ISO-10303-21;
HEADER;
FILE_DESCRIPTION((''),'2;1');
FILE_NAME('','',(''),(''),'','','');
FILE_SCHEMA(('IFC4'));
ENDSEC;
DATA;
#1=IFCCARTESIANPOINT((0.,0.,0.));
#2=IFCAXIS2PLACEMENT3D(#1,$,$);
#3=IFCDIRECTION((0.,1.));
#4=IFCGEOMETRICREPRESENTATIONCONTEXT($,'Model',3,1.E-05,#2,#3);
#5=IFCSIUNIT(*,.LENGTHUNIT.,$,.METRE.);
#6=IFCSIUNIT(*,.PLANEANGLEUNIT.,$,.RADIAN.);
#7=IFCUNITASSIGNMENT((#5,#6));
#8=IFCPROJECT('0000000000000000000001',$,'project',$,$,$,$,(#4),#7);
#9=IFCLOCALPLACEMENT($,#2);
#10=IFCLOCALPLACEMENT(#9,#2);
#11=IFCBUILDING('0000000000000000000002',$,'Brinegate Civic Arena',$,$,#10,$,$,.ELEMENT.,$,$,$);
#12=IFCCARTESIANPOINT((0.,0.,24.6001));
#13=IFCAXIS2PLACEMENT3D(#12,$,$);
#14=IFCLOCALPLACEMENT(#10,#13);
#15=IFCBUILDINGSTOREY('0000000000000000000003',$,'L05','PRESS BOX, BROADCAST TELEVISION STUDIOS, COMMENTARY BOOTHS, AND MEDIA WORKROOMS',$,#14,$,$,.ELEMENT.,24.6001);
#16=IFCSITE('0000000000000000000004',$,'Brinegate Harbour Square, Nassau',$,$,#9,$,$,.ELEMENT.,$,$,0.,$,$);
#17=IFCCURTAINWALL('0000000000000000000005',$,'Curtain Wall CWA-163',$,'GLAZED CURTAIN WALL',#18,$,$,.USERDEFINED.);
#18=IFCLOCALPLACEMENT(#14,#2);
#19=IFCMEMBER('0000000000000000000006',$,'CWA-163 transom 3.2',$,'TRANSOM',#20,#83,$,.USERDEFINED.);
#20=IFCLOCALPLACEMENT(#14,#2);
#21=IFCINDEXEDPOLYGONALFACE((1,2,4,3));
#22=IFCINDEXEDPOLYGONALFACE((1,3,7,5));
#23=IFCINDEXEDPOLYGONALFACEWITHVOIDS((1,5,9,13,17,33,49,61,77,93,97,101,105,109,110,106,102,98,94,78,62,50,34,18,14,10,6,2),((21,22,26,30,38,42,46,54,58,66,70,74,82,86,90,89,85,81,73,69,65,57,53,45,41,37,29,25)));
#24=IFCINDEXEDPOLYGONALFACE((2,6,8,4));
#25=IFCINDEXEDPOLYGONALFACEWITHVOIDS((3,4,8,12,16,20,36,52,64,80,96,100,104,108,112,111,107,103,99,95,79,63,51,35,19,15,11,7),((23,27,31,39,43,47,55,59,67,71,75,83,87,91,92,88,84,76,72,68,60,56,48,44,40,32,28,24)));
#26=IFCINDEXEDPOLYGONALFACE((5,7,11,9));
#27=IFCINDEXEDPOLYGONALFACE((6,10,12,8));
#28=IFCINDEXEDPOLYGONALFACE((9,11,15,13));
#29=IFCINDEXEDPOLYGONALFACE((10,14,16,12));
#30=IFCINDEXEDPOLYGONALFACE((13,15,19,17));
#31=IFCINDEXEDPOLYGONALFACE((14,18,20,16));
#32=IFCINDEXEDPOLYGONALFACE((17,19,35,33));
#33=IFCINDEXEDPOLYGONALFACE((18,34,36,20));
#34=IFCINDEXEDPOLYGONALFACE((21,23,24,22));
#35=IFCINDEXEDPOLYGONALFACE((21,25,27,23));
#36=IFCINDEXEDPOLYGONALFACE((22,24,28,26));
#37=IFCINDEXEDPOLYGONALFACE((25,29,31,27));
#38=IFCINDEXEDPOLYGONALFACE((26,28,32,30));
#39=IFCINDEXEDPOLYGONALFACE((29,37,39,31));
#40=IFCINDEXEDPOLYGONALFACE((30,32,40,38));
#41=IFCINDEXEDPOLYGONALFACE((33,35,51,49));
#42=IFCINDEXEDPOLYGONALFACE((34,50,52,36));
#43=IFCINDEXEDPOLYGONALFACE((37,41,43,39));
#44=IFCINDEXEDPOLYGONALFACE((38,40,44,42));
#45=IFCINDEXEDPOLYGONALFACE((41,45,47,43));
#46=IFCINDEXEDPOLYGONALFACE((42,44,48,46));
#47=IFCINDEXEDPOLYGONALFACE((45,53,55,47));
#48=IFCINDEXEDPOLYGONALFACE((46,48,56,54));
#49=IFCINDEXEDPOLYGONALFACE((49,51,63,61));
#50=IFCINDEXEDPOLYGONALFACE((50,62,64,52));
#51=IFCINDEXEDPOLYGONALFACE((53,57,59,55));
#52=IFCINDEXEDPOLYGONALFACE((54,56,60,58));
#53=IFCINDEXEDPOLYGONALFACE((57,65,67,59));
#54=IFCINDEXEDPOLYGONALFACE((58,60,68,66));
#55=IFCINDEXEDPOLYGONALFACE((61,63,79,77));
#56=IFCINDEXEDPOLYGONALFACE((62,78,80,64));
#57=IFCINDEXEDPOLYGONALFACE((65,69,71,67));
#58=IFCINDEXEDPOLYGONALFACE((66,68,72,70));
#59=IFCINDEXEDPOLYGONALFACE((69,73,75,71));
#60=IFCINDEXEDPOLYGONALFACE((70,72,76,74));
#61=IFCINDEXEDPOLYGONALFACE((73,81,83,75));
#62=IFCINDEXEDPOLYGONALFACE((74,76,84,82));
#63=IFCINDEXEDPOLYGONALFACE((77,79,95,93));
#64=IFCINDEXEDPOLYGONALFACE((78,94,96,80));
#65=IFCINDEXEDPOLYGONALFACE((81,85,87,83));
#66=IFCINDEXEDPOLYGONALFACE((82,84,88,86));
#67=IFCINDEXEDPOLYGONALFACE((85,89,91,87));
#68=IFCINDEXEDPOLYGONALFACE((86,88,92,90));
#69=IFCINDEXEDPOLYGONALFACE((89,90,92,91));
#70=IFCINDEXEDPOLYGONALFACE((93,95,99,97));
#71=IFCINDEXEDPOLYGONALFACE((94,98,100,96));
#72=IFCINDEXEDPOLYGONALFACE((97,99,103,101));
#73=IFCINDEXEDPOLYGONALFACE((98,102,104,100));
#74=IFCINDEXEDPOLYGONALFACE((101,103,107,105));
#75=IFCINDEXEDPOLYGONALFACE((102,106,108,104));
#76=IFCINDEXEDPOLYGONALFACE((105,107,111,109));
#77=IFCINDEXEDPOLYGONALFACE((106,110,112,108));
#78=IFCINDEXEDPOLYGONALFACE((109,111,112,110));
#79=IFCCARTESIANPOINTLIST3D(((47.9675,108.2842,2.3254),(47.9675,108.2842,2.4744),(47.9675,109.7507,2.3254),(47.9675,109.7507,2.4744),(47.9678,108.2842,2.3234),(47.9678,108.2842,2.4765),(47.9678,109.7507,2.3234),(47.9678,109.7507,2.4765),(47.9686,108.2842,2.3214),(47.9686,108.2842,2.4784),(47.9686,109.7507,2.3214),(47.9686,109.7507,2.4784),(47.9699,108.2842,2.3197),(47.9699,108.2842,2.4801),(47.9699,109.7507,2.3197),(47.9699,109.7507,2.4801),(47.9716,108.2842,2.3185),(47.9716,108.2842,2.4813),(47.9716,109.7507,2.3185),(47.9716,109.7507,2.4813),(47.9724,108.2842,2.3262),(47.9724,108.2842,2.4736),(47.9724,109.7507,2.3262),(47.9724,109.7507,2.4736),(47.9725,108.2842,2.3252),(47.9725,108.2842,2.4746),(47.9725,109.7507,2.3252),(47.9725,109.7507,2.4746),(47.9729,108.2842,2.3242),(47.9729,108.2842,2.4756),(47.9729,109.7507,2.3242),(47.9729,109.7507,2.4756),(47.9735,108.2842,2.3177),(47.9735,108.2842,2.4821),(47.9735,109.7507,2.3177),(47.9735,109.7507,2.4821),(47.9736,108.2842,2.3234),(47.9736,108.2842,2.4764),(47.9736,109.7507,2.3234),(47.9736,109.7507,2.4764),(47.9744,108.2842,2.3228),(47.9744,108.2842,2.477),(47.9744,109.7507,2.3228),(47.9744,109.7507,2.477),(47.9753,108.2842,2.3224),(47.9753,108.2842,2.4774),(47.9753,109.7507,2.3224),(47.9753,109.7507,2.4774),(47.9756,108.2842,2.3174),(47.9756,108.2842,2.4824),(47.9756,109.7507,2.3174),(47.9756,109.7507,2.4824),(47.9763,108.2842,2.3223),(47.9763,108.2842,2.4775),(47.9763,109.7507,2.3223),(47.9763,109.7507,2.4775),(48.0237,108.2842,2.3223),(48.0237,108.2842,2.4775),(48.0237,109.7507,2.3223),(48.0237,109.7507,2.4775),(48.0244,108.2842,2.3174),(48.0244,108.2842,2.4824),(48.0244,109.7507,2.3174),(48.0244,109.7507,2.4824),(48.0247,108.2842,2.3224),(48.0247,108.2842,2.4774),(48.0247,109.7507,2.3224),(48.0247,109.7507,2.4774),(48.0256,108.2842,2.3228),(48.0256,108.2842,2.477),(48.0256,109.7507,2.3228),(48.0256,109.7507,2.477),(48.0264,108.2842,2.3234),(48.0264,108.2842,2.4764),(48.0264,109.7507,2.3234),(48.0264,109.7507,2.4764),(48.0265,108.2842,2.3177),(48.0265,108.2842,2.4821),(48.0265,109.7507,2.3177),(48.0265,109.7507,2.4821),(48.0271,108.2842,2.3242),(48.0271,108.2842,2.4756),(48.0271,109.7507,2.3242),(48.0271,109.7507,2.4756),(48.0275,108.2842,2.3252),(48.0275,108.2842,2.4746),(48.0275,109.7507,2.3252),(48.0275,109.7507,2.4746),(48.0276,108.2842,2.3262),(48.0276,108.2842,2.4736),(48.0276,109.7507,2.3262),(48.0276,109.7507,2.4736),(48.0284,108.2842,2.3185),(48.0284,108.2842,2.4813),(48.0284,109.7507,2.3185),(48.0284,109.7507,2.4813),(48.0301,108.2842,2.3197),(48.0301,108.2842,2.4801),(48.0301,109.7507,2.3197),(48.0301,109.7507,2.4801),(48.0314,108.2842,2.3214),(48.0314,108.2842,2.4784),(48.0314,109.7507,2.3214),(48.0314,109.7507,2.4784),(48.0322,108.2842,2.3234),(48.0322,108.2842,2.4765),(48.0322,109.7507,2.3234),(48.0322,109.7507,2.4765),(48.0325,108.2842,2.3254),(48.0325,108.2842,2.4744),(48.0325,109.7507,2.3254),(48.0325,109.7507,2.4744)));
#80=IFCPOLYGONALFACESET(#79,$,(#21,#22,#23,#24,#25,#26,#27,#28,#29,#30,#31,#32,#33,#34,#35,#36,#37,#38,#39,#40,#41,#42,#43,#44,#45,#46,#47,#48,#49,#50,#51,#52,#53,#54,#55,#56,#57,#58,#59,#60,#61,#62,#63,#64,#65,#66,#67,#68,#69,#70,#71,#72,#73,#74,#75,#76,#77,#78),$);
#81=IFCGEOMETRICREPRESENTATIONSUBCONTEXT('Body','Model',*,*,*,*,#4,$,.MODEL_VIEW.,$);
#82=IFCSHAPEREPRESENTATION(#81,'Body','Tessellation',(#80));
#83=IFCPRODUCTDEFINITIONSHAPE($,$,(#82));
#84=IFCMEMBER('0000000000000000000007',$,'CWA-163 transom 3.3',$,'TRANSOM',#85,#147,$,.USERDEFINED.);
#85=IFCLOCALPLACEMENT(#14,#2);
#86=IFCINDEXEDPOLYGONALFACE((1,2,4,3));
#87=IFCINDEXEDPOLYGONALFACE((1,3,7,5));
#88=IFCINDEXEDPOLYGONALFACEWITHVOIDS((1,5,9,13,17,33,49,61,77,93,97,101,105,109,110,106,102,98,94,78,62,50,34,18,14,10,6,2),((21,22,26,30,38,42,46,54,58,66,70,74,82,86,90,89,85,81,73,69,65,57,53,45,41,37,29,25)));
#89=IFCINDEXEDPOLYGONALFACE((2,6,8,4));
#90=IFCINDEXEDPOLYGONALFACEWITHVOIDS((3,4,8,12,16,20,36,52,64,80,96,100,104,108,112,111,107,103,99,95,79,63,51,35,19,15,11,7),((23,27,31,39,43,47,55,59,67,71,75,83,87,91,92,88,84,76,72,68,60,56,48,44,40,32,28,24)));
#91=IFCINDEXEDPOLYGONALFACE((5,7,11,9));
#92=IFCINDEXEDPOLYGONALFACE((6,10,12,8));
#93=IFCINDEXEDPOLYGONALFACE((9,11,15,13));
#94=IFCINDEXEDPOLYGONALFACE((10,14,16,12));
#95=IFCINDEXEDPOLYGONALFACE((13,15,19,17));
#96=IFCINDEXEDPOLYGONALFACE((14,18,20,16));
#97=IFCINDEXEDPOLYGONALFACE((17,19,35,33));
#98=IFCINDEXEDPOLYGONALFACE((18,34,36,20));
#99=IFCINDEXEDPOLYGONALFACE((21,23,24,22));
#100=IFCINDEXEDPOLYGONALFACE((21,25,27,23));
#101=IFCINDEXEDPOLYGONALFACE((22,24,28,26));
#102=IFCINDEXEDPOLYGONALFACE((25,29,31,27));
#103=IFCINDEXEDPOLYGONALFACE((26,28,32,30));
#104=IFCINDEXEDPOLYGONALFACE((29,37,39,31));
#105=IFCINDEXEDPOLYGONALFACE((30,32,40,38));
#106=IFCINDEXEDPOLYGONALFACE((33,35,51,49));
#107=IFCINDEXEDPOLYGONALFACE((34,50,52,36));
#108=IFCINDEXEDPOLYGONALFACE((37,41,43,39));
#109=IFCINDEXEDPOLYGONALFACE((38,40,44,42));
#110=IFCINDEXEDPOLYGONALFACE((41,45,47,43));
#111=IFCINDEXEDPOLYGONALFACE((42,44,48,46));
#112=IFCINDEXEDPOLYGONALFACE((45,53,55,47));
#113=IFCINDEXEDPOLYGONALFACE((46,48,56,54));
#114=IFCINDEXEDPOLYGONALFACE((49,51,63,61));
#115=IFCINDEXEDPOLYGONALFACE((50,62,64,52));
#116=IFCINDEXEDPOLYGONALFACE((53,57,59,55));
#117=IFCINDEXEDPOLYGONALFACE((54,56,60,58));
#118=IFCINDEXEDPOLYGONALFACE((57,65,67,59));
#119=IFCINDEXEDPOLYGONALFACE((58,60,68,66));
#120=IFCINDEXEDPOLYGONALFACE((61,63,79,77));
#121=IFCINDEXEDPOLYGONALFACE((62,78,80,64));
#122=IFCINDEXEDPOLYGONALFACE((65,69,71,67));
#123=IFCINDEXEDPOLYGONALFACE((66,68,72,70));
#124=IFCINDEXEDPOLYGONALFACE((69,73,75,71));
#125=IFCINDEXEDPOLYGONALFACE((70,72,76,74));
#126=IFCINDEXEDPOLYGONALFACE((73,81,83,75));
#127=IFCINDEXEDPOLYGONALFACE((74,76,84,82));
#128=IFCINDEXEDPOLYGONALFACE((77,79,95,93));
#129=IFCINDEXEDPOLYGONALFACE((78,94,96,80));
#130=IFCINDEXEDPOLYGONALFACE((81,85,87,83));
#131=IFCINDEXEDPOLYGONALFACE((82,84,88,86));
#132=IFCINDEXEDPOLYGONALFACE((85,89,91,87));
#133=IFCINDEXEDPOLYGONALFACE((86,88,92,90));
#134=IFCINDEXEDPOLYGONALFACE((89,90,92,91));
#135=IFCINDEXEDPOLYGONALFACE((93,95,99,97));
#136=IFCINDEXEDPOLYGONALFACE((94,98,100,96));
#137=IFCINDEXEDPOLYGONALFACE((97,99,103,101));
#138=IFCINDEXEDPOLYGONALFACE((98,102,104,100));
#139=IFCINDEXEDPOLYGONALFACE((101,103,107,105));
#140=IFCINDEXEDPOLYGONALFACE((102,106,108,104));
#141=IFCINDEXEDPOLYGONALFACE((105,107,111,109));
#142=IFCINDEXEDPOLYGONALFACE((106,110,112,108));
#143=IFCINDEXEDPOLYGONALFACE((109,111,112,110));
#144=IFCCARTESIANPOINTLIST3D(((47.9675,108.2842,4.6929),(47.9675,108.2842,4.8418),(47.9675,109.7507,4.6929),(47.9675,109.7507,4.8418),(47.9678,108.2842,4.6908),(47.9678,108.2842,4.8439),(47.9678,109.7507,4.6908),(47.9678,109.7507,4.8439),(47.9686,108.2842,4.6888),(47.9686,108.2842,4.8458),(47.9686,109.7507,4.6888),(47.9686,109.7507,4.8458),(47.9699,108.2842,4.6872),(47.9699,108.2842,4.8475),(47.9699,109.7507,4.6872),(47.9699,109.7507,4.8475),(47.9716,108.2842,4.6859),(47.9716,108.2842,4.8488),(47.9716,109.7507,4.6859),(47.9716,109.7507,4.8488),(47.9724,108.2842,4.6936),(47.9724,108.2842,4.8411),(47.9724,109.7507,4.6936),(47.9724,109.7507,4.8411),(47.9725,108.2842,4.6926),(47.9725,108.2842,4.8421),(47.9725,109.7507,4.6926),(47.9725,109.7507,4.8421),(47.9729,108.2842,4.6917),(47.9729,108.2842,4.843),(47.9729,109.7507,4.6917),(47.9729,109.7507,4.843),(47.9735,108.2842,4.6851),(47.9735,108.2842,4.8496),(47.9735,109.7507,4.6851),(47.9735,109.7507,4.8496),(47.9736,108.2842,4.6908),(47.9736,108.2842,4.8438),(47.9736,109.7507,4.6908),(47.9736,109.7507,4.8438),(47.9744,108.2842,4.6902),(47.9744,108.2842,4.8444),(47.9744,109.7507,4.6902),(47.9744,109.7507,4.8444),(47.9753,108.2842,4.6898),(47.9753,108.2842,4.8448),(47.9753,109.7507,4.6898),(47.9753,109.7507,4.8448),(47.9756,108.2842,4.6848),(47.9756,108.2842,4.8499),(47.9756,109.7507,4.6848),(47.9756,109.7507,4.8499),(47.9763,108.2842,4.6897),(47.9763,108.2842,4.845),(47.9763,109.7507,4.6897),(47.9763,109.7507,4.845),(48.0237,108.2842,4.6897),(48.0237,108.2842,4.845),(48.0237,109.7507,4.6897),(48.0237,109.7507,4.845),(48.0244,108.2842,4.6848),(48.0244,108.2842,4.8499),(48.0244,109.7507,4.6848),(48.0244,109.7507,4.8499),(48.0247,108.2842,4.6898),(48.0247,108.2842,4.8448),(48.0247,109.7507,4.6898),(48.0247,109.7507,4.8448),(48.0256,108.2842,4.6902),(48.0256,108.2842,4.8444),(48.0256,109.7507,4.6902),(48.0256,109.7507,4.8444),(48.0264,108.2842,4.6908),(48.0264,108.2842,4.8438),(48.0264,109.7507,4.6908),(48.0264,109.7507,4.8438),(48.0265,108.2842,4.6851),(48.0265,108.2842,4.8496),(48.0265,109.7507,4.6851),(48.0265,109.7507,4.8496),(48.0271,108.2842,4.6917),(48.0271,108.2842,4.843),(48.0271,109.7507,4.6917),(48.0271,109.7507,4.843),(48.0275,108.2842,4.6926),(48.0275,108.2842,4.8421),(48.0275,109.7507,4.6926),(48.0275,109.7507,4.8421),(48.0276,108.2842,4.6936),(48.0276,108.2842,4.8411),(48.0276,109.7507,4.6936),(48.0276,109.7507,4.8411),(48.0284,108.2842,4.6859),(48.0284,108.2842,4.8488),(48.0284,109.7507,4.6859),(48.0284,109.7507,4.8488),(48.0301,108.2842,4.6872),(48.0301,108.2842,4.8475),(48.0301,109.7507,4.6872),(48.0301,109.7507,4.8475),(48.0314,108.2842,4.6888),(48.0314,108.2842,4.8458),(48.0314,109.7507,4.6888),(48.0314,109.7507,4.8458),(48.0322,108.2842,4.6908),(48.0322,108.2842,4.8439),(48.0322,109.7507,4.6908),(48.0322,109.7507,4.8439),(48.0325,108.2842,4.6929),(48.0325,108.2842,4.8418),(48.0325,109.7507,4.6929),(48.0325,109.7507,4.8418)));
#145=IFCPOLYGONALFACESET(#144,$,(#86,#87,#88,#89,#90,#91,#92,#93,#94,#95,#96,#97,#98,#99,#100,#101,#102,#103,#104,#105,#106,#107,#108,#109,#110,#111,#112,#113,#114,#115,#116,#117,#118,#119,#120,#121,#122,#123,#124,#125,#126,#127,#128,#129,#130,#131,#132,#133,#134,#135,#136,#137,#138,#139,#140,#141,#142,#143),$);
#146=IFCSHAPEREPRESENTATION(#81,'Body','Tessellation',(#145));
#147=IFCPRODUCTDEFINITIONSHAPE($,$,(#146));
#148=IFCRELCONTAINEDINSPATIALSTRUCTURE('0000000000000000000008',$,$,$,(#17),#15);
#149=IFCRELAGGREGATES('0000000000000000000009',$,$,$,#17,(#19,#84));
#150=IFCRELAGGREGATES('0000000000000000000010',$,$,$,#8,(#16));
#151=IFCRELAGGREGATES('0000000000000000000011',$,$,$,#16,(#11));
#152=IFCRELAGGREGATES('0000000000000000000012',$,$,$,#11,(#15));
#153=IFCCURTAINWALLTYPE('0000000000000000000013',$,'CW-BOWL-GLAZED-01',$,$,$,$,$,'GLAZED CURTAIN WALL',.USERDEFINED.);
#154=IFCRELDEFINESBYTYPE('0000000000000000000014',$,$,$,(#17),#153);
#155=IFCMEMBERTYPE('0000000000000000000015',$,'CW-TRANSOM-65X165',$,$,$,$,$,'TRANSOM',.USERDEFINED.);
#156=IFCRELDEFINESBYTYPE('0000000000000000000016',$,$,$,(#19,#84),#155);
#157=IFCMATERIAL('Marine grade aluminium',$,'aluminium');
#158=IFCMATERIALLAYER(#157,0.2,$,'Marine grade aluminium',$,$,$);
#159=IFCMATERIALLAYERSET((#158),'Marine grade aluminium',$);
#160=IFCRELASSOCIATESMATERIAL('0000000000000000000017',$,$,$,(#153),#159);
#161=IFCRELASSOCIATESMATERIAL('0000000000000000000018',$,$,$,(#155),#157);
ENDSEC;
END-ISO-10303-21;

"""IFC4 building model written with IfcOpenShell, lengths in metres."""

from ifc_helpers import new_model, si_unit, direction, frame, origin, origin_2d, place, context, subcontext, project, spatial, hollow_rectangle, extrude, material, layer, layer_set, material_profile, profile_set, type_object, element, aggregate, save


model = new_model("IFC4")

# Units and contexts
model_context = context("Model", 3, precision=1e-05, world=origin(), true_north=direction((0.0, 1.0)))
body_context = subcontext(model_context, "Body", "Model", "MODEL_VIEW")
ifc_project = project(units=[si_unit("LENGTHUNIT", "METRE"), si_unit("PLANEANGLEUNIT", "RADIAN")], contexts=[model_context])

# Site, building, storey
site_placement = place(None, origin())
site = spatial("IfcSite", under=ifc_project, at=site_placement, Name="Brinegate Harbour Square, Nassau", CompositionType="ELEMENT", RefElevation=0.0)
building_placement = place(site_placement, origin())
building = spatial("IfcBuilding", under=site, at=building_placement, Name="Brinegate Civic Arena", CompositionType="ELEMENT")
storey_placement = place(building_placement, frame((0.0, 0.0, 24.6001)))
storey = spatial("IfcBuildingStorey", under=building, at=storey_placement, Name="L05", Description="PRESS BOX, BROADCAST TELEVISION STUDIOS, COMMENTARY BOOTHS, AND MEDIA WORKROOMS", CompositionType="ELEMENT", Elevation=24.6001)

# Curtain wall, members
ifc_material_1 = material(Name="Marine grade aluminium", Category="aluminium")
ifc_layer_1 = layer(ifc_material_1, 0.2, Name="Marine grade aluminium")
ifc_layer_set_1 = layer_set([ifc_layer_1], Name="Marine grade aluminium")
curtain_wall_type = type_object("IfcCurtainWallType", Name="CW-BOWL-GLAZED-01", ElementType="GLAZED CURTAIN WALL", PredefinedType="USERDEFINED", material=ifc_layer_set_1)
curtain_wall_placement = place(storey_placement, origin())
curtain_wall = element("IfcCurtainWall", 1, at=curtain_wall_placement, inside=storey, type_object=curtain_wall_type, Name="Curtain Wall CWA-163", ObjectType="GLAZED CURTAIN WALL", PredefinedType="USERDEFINED")
ifc_material_profile_1 = material_profile(ifc_material_1, hollow_rectangle(XDim=0.0649, YDim=0.165, WallThickness=0.0049, InnerFilletRadius=0.0039, OuterFilletRadius=0.0081, at=origin_2d()), Name="TRN65X165")
ifc_profile_set_1 = profile_set([ifc_material_profile_1], Name="Marine grade aluminium")
member_type_1 = type_object("IfcMemberType", Name="CW-TRANSOM-65X165", ElementType="TRANSOM", PredefinedType="USERDEFINED", material=ifc_profile_set_1)
member_1_placement = place(storey_placement, frame((48.0, 108.2842, 2.3999), z_axis=(0.0, 1.0, 0.0), x_axis=(-1.0, 0.0, 0.0)))
member_1 = element("IfcMember", 2, at=member_1_placement, type_object=member_type_1, Name="CWA-163 transom 3.2", ObjectType="TRANSOM", PredefinedType="USERDEFINED", context=body_context, shape_type="SweptSolid", body=[
    extrude(hollow_rectangle(XDim=0.0649, YDim=0.165, WallThickness=0.0049, InnerFilletRadius=0.0039, OuterFilletRadius=0.0081, at=origin_2d()), origin(), (0.0, 0.0, 1.0), 1.4666),
])
member_2_placement = place(storey_placement, frame((48.0, 108.2842, 4.7673), z_axis=(0.0, 1.0, 0.0), x_axis=(-1.0, 0.0, 0.0)))
member_2 = element("IfcMember", 3, at=member_2_placement, type_object=member_type_1, Name="CWA-163 transom 3.3", ObjectType="TRANSOM", PredefinedType="USERDEFINED", context=body_context, shape_type="SweptSolid", body=[
    extrude(hollow_rectangle(XDim=0.0649, YDim=0.165, WallThickness=0.0049, InnerFilletRadius=0.0039, OuterFilletRadius=0.0081, at=origin_2d()), origin(), (0.0, 0.0, 1.0), 1.4666),
])

aggregate(curtain_wall, [member_1, member_2])

save(model, "model.ifc")
